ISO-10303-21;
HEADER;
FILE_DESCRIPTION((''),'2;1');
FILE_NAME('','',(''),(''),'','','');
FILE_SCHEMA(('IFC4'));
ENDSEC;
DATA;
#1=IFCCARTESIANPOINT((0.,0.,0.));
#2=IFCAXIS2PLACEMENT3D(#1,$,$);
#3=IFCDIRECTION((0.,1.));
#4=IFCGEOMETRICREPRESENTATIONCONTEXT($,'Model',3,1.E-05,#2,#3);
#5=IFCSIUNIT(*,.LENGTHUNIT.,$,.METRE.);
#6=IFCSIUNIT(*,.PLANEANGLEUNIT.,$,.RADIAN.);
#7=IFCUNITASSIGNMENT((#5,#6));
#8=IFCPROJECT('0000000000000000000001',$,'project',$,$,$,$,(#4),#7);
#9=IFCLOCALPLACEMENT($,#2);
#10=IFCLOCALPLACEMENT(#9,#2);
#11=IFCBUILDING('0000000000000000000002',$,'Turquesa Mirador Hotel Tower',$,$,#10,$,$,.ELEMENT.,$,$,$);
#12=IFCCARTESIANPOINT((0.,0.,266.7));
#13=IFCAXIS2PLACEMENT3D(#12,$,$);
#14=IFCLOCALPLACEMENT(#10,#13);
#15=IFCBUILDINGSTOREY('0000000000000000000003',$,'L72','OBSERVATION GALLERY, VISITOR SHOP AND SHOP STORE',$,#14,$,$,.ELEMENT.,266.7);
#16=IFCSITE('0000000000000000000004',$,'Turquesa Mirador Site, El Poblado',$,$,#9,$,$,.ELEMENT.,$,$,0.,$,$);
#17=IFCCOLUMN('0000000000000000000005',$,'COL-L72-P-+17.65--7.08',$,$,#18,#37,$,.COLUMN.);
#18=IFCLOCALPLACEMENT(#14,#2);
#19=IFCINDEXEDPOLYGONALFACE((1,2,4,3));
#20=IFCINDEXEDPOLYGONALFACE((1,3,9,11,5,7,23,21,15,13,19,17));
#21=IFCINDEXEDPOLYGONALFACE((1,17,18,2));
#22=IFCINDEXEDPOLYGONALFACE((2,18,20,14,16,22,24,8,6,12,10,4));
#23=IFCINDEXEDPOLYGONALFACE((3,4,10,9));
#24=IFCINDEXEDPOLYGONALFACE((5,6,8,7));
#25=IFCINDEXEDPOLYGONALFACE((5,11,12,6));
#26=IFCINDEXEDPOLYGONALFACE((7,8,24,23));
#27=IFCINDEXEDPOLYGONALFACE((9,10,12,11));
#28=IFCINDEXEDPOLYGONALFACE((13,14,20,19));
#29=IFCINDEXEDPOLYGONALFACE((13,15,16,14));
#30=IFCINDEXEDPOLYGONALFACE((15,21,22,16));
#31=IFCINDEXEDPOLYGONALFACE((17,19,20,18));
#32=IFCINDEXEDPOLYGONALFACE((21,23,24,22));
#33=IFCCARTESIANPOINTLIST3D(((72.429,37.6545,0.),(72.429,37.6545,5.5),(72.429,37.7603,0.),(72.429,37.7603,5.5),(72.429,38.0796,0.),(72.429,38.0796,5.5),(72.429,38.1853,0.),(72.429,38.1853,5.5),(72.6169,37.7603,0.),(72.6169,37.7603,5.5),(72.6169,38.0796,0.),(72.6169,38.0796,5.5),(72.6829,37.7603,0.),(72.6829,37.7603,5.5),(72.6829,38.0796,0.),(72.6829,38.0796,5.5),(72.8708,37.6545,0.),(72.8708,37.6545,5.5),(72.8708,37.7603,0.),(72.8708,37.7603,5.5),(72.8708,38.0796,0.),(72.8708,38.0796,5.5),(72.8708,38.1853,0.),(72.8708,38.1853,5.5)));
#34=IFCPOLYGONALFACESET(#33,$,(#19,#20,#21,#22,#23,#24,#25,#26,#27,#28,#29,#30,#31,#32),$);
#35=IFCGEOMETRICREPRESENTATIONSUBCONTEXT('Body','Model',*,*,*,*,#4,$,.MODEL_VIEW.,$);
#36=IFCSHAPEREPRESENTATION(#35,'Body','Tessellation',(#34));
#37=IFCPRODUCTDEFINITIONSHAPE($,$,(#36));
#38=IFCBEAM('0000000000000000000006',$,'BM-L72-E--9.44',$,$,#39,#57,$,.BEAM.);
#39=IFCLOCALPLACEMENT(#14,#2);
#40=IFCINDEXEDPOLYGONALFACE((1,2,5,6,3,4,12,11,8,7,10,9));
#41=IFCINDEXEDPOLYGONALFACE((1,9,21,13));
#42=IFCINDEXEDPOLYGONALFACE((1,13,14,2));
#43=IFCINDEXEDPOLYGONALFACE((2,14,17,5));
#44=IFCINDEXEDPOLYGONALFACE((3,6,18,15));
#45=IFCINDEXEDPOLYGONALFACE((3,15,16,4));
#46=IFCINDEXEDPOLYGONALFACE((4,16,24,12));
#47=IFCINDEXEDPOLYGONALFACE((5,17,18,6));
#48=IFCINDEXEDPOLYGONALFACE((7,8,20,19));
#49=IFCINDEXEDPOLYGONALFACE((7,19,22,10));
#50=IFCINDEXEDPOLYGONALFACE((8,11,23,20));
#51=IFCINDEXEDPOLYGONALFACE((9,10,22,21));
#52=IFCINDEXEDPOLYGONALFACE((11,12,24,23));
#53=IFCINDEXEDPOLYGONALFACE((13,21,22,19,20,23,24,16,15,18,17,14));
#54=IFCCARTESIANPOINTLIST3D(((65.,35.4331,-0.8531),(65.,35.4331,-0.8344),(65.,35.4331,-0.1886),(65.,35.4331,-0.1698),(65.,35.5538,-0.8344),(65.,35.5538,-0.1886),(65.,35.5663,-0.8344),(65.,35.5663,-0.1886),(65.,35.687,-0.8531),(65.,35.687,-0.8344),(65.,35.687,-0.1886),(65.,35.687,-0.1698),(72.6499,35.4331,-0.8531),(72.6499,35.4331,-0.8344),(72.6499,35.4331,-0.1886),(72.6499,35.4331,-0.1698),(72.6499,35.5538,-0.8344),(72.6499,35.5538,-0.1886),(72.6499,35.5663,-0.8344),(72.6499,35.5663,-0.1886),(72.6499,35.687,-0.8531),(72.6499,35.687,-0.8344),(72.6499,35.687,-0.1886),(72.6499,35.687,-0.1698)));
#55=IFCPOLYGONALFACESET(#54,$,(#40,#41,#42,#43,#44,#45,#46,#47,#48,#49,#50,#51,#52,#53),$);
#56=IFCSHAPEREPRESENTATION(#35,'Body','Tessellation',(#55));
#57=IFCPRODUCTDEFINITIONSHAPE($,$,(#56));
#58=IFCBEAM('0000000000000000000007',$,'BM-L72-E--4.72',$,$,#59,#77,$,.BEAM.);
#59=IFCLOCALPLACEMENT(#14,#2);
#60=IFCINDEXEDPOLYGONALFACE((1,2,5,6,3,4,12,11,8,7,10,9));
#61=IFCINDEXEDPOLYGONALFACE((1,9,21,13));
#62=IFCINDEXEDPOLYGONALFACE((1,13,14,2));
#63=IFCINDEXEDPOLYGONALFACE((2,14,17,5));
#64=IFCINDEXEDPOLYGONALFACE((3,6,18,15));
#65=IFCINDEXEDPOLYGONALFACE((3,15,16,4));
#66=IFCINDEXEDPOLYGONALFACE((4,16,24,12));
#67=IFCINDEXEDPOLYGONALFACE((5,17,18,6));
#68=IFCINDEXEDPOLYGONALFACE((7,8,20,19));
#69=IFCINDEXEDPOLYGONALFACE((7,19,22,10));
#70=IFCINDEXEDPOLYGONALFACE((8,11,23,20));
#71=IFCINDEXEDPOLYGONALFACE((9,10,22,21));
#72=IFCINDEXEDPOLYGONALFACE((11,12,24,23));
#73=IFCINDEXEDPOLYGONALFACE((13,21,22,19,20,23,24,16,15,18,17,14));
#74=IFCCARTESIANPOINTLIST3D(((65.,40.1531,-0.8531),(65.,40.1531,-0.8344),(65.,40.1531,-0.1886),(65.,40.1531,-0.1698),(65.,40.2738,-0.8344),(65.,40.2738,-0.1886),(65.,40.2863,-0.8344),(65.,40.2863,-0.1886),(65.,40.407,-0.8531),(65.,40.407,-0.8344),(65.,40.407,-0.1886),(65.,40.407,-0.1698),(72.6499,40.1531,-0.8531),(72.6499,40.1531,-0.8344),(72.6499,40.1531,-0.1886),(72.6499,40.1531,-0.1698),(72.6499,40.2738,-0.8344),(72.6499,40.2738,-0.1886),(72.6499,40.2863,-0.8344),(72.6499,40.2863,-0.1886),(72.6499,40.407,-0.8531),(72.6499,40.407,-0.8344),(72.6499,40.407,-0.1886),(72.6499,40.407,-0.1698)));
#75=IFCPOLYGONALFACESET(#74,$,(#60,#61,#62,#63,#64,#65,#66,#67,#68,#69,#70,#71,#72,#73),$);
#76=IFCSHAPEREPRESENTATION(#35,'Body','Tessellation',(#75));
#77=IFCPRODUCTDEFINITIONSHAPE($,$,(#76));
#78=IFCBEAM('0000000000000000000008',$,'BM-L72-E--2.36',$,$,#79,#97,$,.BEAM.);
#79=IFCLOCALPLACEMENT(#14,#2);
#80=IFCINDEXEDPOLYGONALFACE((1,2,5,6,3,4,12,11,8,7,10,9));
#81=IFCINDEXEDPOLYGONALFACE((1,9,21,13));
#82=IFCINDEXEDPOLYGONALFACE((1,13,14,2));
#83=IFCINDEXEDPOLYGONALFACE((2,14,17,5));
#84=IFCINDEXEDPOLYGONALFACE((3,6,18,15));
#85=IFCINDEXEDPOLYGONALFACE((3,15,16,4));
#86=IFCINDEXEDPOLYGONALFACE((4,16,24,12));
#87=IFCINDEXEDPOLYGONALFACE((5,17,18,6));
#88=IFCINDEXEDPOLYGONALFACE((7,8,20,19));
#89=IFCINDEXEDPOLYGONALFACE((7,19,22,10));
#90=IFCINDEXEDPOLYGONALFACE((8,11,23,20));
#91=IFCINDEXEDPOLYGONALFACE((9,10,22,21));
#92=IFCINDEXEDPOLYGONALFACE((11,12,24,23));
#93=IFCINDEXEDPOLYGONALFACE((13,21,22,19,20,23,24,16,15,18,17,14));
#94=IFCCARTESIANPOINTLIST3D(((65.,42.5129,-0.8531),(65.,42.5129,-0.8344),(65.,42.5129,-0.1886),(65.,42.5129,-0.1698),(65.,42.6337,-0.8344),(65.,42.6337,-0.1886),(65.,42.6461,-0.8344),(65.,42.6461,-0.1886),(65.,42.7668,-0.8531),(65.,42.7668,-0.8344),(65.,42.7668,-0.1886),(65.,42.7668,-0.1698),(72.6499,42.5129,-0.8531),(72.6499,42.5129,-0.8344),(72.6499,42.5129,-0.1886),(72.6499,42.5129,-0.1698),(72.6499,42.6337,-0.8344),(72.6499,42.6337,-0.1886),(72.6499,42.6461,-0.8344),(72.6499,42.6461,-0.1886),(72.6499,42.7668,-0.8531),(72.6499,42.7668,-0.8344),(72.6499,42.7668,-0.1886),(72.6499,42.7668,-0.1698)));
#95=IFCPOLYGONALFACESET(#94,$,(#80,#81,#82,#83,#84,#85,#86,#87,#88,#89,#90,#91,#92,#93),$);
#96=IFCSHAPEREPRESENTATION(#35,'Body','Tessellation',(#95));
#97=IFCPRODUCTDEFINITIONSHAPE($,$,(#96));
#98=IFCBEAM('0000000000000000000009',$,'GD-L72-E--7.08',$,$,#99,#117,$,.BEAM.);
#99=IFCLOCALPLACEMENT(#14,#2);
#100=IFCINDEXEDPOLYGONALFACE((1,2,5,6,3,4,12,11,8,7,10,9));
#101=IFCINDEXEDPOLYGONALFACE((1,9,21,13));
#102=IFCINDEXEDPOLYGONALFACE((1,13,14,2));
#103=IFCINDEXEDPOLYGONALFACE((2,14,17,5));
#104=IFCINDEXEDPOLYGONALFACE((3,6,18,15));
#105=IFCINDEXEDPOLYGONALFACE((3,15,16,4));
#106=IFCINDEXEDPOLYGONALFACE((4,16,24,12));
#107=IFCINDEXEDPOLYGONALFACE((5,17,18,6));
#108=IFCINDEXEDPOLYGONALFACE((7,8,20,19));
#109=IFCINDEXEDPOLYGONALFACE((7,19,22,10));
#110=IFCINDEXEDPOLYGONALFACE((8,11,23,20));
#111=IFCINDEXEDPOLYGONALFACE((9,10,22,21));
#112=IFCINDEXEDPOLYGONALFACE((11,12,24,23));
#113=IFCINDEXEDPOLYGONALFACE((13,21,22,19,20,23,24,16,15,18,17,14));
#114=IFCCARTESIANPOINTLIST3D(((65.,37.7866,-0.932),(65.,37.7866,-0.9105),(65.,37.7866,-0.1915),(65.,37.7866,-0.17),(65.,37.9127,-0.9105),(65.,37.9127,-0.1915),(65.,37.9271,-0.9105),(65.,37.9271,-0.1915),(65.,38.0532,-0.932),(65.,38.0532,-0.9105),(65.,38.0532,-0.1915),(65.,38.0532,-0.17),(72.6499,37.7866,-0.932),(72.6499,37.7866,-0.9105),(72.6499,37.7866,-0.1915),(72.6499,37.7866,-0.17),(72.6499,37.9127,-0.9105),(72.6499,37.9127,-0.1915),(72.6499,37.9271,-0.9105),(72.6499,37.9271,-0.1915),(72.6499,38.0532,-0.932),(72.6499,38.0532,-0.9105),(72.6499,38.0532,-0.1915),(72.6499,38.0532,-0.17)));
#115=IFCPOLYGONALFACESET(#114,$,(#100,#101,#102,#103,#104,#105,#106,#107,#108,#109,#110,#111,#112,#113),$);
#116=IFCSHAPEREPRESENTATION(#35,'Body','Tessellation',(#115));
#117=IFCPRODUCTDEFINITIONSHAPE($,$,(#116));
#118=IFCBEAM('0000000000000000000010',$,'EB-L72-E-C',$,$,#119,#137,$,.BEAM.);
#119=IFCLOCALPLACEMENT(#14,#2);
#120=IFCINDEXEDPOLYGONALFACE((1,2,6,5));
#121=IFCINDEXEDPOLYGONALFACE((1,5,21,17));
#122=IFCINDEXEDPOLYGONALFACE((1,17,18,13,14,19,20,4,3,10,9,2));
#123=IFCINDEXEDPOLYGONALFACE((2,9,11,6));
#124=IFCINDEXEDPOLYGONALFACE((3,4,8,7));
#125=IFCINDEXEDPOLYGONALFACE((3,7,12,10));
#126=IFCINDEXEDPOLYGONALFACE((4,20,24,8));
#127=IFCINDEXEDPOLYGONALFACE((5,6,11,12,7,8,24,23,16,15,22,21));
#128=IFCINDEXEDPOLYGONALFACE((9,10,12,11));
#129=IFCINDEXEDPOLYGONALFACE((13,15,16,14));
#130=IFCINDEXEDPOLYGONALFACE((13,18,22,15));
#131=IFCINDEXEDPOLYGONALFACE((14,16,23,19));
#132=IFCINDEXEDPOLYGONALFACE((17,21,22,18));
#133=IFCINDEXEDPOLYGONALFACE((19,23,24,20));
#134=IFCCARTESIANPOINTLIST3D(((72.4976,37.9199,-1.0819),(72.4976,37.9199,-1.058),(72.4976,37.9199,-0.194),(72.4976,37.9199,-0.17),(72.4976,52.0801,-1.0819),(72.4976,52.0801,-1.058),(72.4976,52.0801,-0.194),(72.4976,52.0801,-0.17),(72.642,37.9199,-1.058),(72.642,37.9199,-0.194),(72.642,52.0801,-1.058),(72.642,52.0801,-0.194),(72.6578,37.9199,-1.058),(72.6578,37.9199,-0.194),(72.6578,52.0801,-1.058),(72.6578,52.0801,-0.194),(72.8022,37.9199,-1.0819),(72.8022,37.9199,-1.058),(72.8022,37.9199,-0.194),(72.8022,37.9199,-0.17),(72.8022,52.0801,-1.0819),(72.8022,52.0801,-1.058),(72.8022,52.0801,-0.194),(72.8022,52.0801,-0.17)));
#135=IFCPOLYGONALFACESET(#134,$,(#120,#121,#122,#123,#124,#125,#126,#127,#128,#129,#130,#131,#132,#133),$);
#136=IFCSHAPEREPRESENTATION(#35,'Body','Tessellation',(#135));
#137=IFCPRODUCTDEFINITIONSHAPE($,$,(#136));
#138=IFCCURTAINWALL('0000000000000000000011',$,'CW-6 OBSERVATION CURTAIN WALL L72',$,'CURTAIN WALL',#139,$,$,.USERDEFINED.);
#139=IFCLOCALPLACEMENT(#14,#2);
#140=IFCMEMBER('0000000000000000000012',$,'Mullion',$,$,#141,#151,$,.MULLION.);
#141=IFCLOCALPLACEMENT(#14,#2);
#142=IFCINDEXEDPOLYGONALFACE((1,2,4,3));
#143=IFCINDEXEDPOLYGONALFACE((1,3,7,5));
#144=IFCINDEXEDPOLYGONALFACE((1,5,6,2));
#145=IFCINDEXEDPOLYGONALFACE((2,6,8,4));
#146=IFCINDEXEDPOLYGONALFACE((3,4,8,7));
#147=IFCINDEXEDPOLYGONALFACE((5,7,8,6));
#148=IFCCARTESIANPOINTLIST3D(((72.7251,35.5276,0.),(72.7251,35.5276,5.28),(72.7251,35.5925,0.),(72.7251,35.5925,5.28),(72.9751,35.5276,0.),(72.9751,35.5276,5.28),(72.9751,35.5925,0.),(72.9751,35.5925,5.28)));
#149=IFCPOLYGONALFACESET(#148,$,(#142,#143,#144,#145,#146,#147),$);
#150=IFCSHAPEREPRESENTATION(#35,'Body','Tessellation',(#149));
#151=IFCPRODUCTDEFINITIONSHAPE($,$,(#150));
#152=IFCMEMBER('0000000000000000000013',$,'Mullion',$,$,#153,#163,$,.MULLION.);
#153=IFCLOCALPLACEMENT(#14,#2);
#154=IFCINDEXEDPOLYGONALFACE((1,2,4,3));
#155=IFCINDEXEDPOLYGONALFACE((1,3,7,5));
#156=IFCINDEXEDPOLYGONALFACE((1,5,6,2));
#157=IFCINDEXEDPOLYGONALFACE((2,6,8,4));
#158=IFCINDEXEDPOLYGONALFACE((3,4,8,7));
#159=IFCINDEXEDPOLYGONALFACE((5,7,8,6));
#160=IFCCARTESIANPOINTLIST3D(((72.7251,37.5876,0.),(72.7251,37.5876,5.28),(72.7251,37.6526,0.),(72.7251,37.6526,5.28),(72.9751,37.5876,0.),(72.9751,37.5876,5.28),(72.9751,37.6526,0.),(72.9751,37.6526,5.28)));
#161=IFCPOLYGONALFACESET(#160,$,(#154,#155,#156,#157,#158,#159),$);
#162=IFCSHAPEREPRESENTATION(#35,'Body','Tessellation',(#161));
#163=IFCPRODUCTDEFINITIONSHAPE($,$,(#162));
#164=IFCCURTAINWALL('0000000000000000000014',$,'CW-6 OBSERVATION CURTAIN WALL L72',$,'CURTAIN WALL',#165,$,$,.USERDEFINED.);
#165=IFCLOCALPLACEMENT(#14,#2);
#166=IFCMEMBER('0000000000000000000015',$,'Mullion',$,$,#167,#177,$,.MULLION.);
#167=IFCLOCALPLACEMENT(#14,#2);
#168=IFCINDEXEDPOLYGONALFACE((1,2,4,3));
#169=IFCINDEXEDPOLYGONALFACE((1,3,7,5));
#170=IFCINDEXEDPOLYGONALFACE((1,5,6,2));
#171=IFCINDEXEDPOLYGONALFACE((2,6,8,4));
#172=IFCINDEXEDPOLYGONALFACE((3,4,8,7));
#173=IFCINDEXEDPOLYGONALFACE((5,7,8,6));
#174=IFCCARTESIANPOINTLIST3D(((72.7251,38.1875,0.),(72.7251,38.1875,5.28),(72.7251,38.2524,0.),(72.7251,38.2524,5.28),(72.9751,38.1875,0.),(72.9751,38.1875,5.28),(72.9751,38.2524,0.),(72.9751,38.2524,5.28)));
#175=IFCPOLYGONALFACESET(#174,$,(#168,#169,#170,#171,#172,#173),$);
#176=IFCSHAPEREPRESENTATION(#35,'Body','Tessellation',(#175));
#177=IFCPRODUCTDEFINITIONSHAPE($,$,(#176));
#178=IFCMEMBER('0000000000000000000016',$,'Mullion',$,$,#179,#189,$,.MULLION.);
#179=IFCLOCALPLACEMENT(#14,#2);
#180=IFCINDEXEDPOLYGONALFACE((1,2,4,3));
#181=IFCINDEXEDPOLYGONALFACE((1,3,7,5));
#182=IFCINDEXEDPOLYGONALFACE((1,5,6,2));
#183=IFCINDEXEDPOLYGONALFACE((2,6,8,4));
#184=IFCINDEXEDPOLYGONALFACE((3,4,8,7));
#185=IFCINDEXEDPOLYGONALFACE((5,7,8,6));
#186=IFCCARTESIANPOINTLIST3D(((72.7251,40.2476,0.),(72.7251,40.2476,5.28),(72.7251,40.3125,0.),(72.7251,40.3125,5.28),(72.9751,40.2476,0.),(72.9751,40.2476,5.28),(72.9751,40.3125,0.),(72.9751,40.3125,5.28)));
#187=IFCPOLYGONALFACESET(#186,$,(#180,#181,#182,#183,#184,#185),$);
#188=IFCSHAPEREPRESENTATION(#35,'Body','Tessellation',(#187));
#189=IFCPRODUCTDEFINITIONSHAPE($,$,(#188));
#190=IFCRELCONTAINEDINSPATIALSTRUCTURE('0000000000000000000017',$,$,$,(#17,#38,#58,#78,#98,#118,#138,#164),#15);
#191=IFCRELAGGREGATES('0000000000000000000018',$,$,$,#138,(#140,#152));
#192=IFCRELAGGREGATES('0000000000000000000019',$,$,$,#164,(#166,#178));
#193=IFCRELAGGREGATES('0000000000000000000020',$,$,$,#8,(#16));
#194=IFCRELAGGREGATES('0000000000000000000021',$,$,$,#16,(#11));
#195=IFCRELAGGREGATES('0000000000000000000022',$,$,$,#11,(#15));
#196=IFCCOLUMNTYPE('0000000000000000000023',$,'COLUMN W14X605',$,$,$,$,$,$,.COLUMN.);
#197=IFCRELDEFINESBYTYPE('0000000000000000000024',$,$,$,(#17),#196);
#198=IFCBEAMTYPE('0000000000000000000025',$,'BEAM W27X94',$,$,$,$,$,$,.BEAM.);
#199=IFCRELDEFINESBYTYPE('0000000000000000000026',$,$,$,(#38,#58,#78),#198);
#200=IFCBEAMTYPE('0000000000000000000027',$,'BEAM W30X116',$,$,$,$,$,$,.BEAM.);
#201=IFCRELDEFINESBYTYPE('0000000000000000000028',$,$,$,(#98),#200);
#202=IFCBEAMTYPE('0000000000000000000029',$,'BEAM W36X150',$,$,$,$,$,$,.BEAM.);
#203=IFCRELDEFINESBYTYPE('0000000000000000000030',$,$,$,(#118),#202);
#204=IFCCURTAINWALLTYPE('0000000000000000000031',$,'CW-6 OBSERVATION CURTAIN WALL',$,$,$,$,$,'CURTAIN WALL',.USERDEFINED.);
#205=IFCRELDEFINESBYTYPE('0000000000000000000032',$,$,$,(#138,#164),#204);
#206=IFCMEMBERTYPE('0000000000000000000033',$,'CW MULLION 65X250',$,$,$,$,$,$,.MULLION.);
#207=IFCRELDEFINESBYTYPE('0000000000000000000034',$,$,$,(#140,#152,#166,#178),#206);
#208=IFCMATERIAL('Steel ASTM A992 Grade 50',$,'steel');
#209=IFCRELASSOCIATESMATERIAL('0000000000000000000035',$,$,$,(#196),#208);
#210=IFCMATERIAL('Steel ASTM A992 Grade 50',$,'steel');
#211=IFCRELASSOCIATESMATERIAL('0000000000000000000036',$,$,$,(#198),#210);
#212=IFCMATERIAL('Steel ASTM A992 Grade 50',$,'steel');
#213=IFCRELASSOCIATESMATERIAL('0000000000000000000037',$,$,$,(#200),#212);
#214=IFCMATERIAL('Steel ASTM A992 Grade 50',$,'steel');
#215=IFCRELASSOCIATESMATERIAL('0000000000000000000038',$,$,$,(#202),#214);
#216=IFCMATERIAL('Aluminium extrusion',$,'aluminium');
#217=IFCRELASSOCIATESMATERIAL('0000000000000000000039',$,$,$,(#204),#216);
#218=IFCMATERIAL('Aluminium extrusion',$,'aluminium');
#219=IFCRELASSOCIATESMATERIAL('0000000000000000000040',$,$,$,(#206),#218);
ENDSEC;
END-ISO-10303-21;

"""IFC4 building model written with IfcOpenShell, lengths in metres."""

from ifc_helpers import new_model, si_unit, direction, frame, origin, origin_2d, place, context, subcontext, project, spatial, rectangle, i_section, extrude, material, material_profile, profile_set, type_object, element, aggregate, save


model = new_model("IFC4")

# Units and contexts
model_context = context("Model", 3, precision=1e-05, world=origin(), true_north=direction((0.0, 1.0)))
body_context = subcontext(model_context, "Body", "Model", "MODEL_VIEW")
ifc_project = project(units=[si_unit("LENGTHUNIT", "METRE"), si_unit("PLANEANGLEUNIT", "RADIAN")], contexts=[model_context])

# Site, building, storey
site_placement = place(None, origin())
site = spatial("IfcSite", under=ifc_project, at=site_placement, Name="Turquesa Mirador Site, El Poblado", CompositionType="ELEMENT", RefElevation=0.0)
building_placement = place(site_placement, origin())
building = spatial("IfcBuilding", under=site, at=building_placement, Name="Turquesa Mirador Hotel Tower", CompositionType="ELEMENT")
storey_placement = place(building_placement, frame((0.0, 0.0, 266.7)))
storey = spatial("IfcBuildingStorey", under=building, at=storey_placement, Name="L72", Description="OBSERVATION GALLERY, VISITOR SHOP AND SHOP STORE", CompositionType="ELEMENT", Elevation=266.7)

# Column
ifc_material_1 = material(Name="Steel ASTM A992 Grade 50", Category="steel")
ifc_material_profile_1 = material_profile(ifc_material_1, i_section(OverallWidth=0.4419, OverallDepth=0.5308, WebThickness=0.0659, FlangeThickness=0.1057, at=origin_2d()), Name="W14X605")
ifc_profile_set_1 = profile_set([ifc_material_profile_1], Name="Steel ASTM A992 Grade 50")
column_type = type_object("IfcColumnType", Name="COLUMN W14X605", PredefinedType="COLUMN", material=ifc_profile_set_1)
column_placement = place(storey_placement, frame((72.6499, 37.9199, 0.0), z_axis=(0.0, 0.0, 1.0), x_axis=(1.0, 0.0, 0.0)))
element("IfcColumn", 1, at=column_placement, inside=storey, type_object=column_type, Name="COL-L72-P-+17.65--7.08", PredefinedType="COLUMN", context=body_context, shape_type="SweptSolid", body=[
    extrude(i_section(OverallWidth=0.4419, OverallDepth=0.5308, WebThickness=0.0659, FlangeThickness=0.1057, at=origin_2d()), origin(), (0.0, 0.0, 1.0), 5.5),
])

# Beams
ifc_material_2 = material(Name="Steel ASTM A992 Grade 50", Category="steel")
ifc_material_profile_2 = material_profile(ifc_material_2, i_section(OverallWidth=0.2539, OverallDepth=0.6833, WebThickness=0.0125, FlangeThickness=0.0188, at=origin_2d()), Name="W27X94")
ifc_profile_set_2 = profile_set([ifc_material_profile_2], Name="Steel ASTM A992 Grade 50")
beam_type_1 = type_object("IfcBeamType", Name="BEAM W27X94", PredefinedType="BEAM", material=ifc_profile_set_2)
for number, where, z_axis, x_axis, name in (
    (2, (72.6499, 35.5601, -0.5115), (-1.0, 0.0, 0.0), (0.0, -1.0, 0.0), "BM-L72-E--9.44"),
    (3, (72.6499, 40.28, -0.5115), (-1.0, 0.0, 0.0), (0.0, -1.0, 0.0), "BM-L72-E--4.72"),
    (4, (72.6499, 42.6399, -0.5115), (-1.0, 0.0, 0.0), (0.0, -1.0, 0.0), "BM-L72-E--2.36"),
):
    element("IfcBeam", number, at=place(storey_placement, frame(where, z_axis=z_axis, x_axis=x_axis)), inside=storey, type_object=beam_type_1, Name=name, PredefinedType="BEAM", context=body_context, shape_type="SweptSolid", body=[
        extrude(i_section(OverallWidth=0.2539, OverallDepth=0.6833, WebThickness=0.0125, FlangeThickness=0.0188, at=origin_2d()), origin(), (0.0, 0.0, 1.0), 7.6499),
    ])
ifc_material_3 = material(Name="Steel ASTM A992 Grade 50", Category="steel")
ifc_material_profile_3 = material_profile(ifc_material_3, i_section(OverallWidth=0.2666, OverallDepth=0.762, WebThickness=0.0144, FlangeThickness=0.0215, at=origin_2d()), Name="W30X116")
ifc_profile_set_3 = profile_set([ifc_material_profile_3], Name="Steel ASTM A992 Grade 50")
beam_type_2 = type_object("IfcBeamType", Name="BEAM W30X116", PredefinedType="BEAM", material=ifc_profile_set_3)
beam_1_placement = place(storey_placement, frame((72.6499, 37.9199, -0.551), z_axis=(-1.0, 0.0, 0.0), x_axis=(0.0, -1.0, 0.0)))
element("IfcBeam", 5, at=beam_1_placement, inside=storey, type_object=beam_type_2, Name="GD-L72-E--7.08", PredefinedType="BEAM", context=body_context, shape_type="SweptSolid", body=[
    extrude(i_section(OverallWidth=0.2666, OverallDepth=0.762, WebThickness=0.0144, FlangeThickness=0.0215, at=origin_2d()), origin(), (0.0, 0.0, 1.0), 7.6499),
])
ifc_material_4 = material(Name="Steel ASTM A992 Grade 50", Category="steel")
ifc_material_profile_4 = material_profile(ifc_material_4, i_section(OverallWidth=0.3047, OverallDepth=0.9119, WebThickness=0.0159, FlangeThickness=0.0239, at=origin_2d()), Name="W36X150")
ifc_profile_set_4 = profile_set([ifc_material_profile_4], Name="Steel ASTM A992 Grade 50")
beam_type_3 = type_object("IfcBeamType", Name="BEAM W36X150", PredefinedType="BEAM", material=ifc_profile_set_4)
beam_2_placement = place(storey_placement, frame((72.6499, 37.9199, -0.626), z_axis=(0.0, 1.0, 0.0), x_axis=(-1.0, 0.0, 0.0)))
element("IfcBeam", 6, at=beam_2_placement, inside=storey, type_object=beam_type_3, Name="EB-L72-E-C", PredefinedType="BEAM", context=body_context, shape_type="SweptSolid", body=[
    extrude(i_section(OverallWidth=0.3047, OverallDepth=0.9119, WebThickness=0.0159, FlangeThickness=0.0239, at=origin_2d()), origin(), (0.0, 0.0, 1.0), 14.1602),
])

# Curtain walls, members
ifc_material_5 = material(Name="Aluminium extrusion", Category="aluminium")
curtain_wall_type = type_object("IfcCurtainWallType", Name="CW-6 OBSERVATION CURTAIN WALL", ElementType="CURTAIN WALL", PredefinedType="USERDEFINED", material=ifc_material_5)
curtain_wall_1_placement = place(storey_placement, origin())
curtain_wall_1 = element("IfcCurtainWall", 7, at=curtain_wall_1_placement, inside=storey, type_object=curtain_wall_type, Name="CW-6 OBSERVATION CURTAIN WALL L72", ObjectType="CURTAIN WALL", PredefinedType="USERDEFINED")
ifc_material_6 = material(Name="Aluminium extrusion", Category="aluminium")
ifc_material_profile_5 = material_profile(ifc_material_6, rectangle(XDim=0.0649, YDim=0.25, at=origin_2d()), Name="MULLION 65X250")
ifc_profile_set_5 = profile_set([ifc_material_profile_5], Name="Aluminium extrusion")
member_type_1 = type_object("IfcMemberType", Name="CW MULLION 65X250", PredefinedType="MULLION", material=ifc_profile_set_5)
member_1_placement = place(storey_placement, frame((72.8501, 35.5601, 0.0), z_axis=(0.0, 0.0, 1.0), x_axis=(0.0, 1.0, 0.0)))
member_1 = element("IfcMember", 8, at=member_1_placement, type_object=member_type_1, Name="Mullion", PredefinedType="MULLION", context=body_context, shape_type="SweptSolid", body=[
    extrude(rectangle(XDim=0.0649, YDim=0.25, at=origin_2d()), origin(), (0.0, 0.0, 1.0), 5.28),
])
member_2_placement = place(storey_placement, frame((72.8501, 37.6201, 0.0), z_axis=(0.0, 0.0, 1.0), x_axis=(0.0, 1.0, 0.0)))
member_2 = element("IfcMember", 9, at=member_2_placement, type_object=member_type_1, Name="Mullion", PredefinedType="MULLION", context=body_context, shape_type="SweptSolid", body=[
    extrude(rectangle(XDim=0.0649, YDim=0.25, at=origin_2d()), origin(), (0.0, 0.0, 1.0), 5.28),
])
curtain_wall_2_placement = place(storey_placement, origin())
curtain_wall_2 = element("IfcCurtainWall", 10, at=curtain_wall_2_placement, inside=storey, type_object=curtain_wall_type, Name="CW-6 OBSERVATION CURTAIN WALL L72", ObjectType="CURTAIN WALL", PredefinedType="USERDEFINED")
member_3_placement = place(storey_placement, frame((72.8501, 38.22, 0.0), z_axis=(0.0, 0.0, 1.0), x_axis=(0.0, 1.0, 0.0)))
member_3 = element("IfcMember", 11, at=member_3_placement, type_object=member_type_1, Name="Mullion", PredefinedType="MULLION", context=body_context, shape_type="SweptSolid", body=[
    extrude(rectangle(XDim=0.0649, YDim=0.25, at=origin_2d()), origin(), (0.0, 0.0, 1.0), 5.28),
])
member_4_placement = place(storey_placement, frame((72.8501, 40.28, 0.0), z_axis=(0.0, 0.0, 1.0), x_axis=(0.0, 1.0, 0.0)))
member_4 = element("IfcMember", 12, at=member_4_placement, type_object=member_type_1, Name="Mullion", PredefinedType="MULLION", context=body_context, shape_type="SweptSolid", body=[
    extrude(rectangle(XDim=0.0649, YDim=0.25, at=origin_2d()), origin(), (0.0, 0.0, 1.0), 5.28),
])

aggregate(curtain_wall_1, [member_1, member_2])
aggregate(curtain_wall_2, [member_3, member_4])

save(model, "model.ifc")
